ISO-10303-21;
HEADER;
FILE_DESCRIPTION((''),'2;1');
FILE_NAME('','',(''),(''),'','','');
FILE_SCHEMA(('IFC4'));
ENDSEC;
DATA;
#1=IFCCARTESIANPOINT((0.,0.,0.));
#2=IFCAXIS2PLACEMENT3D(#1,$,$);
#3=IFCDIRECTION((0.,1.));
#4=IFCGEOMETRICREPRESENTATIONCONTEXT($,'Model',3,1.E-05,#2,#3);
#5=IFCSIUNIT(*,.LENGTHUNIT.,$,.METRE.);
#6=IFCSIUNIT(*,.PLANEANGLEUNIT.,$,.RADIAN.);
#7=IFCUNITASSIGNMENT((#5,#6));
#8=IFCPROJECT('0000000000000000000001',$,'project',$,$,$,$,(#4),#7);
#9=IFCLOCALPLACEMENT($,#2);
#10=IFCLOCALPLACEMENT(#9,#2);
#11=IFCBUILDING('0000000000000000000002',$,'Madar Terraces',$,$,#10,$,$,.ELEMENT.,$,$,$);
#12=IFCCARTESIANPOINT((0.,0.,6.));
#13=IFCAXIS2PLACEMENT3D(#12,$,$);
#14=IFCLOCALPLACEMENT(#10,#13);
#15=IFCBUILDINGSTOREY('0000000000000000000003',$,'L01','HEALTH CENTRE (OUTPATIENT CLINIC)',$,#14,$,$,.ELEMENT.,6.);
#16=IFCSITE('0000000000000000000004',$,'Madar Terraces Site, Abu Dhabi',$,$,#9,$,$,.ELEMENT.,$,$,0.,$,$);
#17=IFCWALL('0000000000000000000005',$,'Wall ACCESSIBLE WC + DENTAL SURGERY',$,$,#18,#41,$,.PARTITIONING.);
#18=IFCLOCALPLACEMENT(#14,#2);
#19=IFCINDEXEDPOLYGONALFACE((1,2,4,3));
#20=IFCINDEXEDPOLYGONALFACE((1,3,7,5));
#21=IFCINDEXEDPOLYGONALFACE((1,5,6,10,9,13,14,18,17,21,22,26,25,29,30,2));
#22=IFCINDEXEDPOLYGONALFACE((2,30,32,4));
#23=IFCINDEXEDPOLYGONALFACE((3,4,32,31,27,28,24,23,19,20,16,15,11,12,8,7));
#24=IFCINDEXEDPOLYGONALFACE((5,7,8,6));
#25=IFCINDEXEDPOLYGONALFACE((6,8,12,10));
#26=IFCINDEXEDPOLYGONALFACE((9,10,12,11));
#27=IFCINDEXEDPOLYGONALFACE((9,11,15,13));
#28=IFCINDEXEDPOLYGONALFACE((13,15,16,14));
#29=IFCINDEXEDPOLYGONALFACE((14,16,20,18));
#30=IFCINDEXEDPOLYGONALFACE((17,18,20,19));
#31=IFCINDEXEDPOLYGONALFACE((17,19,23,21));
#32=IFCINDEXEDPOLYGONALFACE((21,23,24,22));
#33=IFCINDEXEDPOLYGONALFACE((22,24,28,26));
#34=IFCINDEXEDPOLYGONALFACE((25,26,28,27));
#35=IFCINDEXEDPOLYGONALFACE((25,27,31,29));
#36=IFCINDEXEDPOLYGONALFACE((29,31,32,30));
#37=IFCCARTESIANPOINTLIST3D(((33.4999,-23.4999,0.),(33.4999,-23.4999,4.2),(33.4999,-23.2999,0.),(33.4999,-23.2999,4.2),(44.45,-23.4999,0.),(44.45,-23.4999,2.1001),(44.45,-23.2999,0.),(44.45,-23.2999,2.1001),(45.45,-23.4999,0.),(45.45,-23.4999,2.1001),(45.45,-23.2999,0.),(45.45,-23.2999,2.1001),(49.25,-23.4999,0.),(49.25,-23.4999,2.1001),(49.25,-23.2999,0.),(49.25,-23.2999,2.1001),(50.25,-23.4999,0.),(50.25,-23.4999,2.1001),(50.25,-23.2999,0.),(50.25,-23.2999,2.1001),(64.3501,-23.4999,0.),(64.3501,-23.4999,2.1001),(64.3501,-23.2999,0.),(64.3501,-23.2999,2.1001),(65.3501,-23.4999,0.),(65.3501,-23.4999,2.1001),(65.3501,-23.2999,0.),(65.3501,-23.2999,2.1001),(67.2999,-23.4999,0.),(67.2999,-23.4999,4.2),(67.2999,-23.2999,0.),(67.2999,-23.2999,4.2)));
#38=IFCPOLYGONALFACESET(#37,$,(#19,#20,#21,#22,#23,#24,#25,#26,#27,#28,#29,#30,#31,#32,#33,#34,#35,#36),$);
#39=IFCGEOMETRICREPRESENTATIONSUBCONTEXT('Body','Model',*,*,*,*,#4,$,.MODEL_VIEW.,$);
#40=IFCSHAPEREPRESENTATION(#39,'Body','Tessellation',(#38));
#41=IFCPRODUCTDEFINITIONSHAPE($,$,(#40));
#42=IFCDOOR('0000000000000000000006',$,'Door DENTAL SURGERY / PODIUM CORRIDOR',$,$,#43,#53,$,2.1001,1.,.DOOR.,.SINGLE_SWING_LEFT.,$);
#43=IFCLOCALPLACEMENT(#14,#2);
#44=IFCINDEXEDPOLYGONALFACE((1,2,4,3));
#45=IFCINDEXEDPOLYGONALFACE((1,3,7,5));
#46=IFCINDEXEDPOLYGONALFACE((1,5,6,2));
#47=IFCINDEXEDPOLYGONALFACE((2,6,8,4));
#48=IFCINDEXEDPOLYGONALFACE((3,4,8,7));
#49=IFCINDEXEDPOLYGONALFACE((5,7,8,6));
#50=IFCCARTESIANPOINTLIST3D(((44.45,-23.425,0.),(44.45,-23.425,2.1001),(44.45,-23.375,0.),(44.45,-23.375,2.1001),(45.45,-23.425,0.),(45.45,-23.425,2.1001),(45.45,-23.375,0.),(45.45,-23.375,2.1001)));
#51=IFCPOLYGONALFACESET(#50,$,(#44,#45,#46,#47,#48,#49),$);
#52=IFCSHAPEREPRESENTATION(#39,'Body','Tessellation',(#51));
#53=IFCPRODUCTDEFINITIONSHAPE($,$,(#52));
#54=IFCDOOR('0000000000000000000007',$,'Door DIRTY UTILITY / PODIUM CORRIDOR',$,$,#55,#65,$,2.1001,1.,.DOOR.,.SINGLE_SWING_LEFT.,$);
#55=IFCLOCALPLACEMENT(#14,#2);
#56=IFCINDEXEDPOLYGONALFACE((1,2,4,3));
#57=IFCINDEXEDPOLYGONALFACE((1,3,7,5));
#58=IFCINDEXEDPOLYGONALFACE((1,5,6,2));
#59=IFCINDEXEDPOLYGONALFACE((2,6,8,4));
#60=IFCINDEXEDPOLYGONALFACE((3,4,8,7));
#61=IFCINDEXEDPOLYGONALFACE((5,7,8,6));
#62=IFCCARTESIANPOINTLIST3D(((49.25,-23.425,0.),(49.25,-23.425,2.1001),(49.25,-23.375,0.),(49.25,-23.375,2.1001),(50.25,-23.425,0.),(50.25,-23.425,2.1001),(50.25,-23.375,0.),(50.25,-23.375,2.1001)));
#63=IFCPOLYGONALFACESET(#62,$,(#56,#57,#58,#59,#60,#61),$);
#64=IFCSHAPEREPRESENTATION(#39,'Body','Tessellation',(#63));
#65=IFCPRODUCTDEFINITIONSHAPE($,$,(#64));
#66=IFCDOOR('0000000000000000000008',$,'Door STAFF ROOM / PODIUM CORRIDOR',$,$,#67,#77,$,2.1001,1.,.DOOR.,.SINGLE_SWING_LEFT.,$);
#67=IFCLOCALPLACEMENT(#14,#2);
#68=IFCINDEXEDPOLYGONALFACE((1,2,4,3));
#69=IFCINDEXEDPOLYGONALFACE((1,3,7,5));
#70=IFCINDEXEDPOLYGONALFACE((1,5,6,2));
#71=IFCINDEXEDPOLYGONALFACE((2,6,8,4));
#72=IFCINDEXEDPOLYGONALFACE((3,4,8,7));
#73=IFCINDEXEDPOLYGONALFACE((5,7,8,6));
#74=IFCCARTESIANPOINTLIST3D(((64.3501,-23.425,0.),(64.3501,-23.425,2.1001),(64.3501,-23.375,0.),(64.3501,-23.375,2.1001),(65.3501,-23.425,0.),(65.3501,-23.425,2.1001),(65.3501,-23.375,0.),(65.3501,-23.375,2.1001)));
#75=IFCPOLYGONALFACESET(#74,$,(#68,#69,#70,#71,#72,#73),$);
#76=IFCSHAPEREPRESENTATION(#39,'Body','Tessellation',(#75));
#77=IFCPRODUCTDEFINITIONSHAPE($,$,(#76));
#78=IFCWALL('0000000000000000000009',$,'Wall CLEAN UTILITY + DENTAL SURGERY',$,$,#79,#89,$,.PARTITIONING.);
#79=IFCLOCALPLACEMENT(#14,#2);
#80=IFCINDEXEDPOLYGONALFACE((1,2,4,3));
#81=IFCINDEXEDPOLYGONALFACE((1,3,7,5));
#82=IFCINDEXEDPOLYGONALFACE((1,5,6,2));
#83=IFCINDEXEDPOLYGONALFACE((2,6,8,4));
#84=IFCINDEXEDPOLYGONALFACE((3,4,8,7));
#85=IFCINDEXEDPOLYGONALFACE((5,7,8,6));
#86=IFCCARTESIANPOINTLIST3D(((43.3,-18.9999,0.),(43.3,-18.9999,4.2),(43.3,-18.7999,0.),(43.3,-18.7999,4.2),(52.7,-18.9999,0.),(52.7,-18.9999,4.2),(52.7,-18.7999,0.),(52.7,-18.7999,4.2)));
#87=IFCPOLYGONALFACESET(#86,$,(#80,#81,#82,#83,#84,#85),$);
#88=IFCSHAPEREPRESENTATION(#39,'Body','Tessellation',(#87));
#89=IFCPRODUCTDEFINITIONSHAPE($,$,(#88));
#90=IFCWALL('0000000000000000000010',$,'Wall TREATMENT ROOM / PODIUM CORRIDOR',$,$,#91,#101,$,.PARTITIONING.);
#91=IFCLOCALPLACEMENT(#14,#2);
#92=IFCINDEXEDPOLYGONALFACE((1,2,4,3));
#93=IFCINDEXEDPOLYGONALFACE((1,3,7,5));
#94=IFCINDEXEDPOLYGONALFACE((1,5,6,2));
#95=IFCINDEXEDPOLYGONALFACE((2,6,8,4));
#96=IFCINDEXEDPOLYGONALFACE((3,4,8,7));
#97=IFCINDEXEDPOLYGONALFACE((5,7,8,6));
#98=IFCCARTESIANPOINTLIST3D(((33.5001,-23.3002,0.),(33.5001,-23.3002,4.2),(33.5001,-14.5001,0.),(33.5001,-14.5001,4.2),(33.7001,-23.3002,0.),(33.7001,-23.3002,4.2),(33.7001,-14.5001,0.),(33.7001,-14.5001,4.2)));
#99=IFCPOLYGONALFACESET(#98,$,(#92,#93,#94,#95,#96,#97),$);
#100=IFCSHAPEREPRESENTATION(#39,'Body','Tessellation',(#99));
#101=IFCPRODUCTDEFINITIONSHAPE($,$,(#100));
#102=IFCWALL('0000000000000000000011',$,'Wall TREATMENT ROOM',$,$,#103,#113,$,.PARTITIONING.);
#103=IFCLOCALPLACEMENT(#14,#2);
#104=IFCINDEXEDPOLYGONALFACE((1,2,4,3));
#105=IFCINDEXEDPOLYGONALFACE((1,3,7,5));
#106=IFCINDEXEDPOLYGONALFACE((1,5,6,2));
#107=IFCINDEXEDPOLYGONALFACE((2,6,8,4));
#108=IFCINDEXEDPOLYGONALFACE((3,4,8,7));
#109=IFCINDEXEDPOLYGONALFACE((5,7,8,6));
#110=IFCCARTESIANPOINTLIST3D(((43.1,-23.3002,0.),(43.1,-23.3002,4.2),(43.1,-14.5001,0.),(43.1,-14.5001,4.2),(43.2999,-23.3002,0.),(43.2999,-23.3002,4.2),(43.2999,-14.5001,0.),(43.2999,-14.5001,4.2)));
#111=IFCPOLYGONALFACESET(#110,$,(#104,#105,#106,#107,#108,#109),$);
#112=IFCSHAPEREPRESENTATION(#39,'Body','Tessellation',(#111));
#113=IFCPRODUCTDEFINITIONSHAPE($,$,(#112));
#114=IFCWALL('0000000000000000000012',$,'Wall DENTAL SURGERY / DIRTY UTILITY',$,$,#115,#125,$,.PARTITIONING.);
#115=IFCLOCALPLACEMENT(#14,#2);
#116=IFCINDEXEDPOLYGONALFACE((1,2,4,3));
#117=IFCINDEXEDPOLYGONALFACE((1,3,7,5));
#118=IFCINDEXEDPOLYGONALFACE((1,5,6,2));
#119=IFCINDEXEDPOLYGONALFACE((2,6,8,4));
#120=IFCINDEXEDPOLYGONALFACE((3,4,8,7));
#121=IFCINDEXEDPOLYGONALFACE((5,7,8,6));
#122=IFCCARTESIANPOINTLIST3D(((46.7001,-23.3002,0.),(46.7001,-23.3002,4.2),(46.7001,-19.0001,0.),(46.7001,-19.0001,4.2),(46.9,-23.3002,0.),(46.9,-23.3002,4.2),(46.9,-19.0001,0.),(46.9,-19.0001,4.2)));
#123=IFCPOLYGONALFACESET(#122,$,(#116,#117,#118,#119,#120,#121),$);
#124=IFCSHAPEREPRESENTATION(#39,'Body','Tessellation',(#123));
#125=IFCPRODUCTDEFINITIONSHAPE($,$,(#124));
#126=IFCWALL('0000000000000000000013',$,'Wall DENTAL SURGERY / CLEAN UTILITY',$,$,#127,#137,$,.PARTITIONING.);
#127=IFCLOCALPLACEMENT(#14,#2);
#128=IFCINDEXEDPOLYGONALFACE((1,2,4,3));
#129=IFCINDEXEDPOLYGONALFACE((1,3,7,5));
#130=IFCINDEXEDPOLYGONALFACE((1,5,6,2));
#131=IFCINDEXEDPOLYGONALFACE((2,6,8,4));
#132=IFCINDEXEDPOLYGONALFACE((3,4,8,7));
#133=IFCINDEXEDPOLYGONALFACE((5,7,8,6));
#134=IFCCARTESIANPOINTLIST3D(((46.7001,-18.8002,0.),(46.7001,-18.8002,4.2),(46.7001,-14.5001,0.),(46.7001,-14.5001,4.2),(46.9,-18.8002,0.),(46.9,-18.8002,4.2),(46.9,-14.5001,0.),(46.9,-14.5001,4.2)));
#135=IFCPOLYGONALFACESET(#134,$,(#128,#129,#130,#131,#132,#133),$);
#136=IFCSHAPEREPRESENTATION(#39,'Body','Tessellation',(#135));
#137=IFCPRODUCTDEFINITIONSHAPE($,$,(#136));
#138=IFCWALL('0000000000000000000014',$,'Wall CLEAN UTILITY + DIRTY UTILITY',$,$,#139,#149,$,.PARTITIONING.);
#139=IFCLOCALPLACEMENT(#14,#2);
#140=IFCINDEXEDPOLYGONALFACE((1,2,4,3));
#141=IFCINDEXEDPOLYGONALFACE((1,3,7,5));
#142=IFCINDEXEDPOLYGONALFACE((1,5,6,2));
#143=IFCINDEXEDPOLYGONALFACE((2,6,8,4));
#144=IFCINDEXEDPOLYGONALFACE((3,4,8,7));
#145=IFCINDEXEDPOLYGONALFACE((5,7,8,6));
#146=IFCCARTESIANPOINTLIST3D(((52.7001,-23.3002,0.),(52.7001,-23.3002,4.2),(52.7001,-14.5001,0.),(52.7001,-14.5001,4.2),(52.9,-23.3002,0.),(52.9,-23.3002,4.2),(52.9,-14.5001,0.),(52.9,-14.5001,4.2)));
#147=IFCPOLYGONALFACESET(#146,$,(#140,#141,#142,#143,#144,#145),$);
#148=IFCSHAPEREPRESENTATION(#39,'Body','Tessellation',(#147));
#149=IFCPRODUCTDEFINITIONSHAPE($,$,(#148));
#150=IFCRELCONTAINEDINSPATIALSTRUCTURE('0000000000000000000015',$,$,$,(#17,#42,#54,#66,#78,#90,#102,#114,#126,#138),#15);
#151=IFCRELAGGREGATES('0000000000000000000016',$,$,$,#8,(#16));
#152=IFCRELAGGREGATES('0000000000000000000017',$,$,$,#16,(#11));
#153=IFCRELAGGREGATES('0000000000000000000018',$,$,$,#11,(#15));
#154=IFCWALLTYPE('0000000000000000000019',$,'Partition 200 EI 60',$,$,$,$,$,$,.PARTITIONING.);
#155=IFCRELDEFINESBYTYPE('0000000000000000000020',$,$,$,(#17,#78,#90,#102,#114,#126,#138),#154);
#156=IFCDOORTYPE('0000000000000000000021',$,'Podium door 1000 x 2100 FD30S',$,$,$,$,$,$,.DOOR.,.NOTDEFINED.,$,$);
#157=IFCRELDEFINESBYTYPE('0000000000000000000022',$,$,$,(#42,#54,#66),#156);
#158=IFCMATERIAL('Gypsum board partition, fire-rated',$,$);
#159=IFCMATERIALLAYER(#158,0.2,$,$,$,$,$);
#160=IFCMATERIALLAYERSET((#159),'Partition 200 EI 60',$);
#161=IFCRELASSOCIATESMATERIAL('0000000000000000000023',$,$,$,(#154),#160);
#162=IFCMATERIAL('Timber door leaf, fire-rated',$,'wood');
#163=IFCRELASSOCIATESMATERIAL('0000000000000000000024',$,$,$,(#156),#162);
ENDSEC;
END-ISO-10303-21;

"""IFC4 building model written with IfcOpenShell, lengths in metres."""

from ifc_helpers import new_model, si_unit, direction, frame, frame_2d, origin, place, context, subcontext, project, spatial, rectangle, extrude, material, layer, layer_set, type_object, element, fill, save


model = new_model("IFC4")

# Units and contexts
model_context = context("Model", 3, precision=1e-05, world=origin(), true_north=direction((0.0, 1.0)))
body_context = subcontext(model_context, "Body", "Model", "MODEL_VIEW")
ifc_project = project(units=[si_unit("LENGTHUNIT", "METRE"), si_unit("PLANEANGLEUNIT", "RADIAN")], contexts=[model_context])

# Site, building, storey
site_placement = place(None, origin())
site = spatial("IfcSite", under=ifc_project, at=site_placement, Name="Madar Terraces Site, Abu Dhabi", CompositionType="ELEMENT", RefElevation=0.0)
building_placement = place(site_placement, origin())
building = spatial("IfcBuilding", under=site, at=building_placement, Name="Madar Terraces", CompositionType="ELEMENT")
storey_placement = place(building_placement, frame((0.0, 0.0, 6.0)))
storey = spatial("IfcBuildingStorey", under=building, at=storey_placement, Name="L01", Description="HEALTH CENTRE (OUTPATIENT CLINIC)", CompositionType="ELEMENT", Elevation=6.0)

# Wall, openings, doors
ifc_material_1 = material(Name="Gypsum board partition, fire-rated")
ifc_layer = layer(ifc_material_1, 0.2)
ifc_layer_set = layer_set([ifc_layer], Name="Partition 200 EI 60")
wall_type = type_object("IfcWallType", Name="Partition 200 EI 60", PredefinedType="PARTITIONING", material=ifc_layer_set)
wall_1_placement = place(storey_placement, frame((33.5, -23.3999, 0.0), z_axis=(0.0, 0.0, 1.0), x_axis=(1.0, 0.0, 0.0)))
wall_1 = element("IfcWall", 1, at=wall_1_placement, inside=storey, type_object=wall_type, Name="Wall ACCESSIBLE WC + DENTAL SURGERY", PredefinedType="PARTITIONING", context=body_context, shape_type="SweptSolid", body=[
    extrude(rectangle(XDim=33.8, YDim=0.2, at=frame_2d((16.8999, 0.0))), origin(), (0.0, 0.0, 1.0), 4.2),
])
opening_1_placement = place(wall_1_placement, frame((10.95, 0.0, 0.0)))
opening_1 = element("IfcOpeningElement", 2, at=opening_1_placement, cuts=wall_1, PredefinedType="OPENING", context=body_context, shape_type="SweptSolid", body=[
    extrude(rectangle(XDim=1.0, YDim=2.1001, at=frame_2d((0.5, 1.05))), frame((0.0, 0.1099, 0.0), z_axis=(0.0, -1.0, 0.0), x_axis=(1.0, 0.0, 0.0)), (0.0, 0.0, 1.0), 0.22),
])
opening_2_placement = place(wall_1_placement, frame((15.75, 0.0, 0.0)))
opening_2 = element("IfcOpeningElement", 3, at=opening_2_placement, cuts=wall_1, PredefinedType="OPENING", context=body_context, shape_type="SweptSolid", body=[
    extrude(rectangle(XDim=1.0, YDim=2.1001, at=frame_2d((0.5, 1.05))), frame((0.0, 0.1099, 0.0), z_axis=(0.0, -1.0, 0.0), x_axis=(1.0, 0.0, 0.0)), (0.0, 0.0, 1.0), 0.22),
])
opening_3_placement = place(wall_1_placement, frame((30.8501, 0.0, 0.0)))
opening_3 = element("IfcOpeningElement", 4, at=opening_3_placement, cuts=wall_1, PredefinedType="OPENING", context=body_context, shape_type="SweptSolid", body=[
    extrude(rectangle(XDim=1.0, YDim=2.1001, at=frame_2d((0.5, 1.05))), frame((0.0, 0.1099, 0.0), z_axis=(0.0, -1.0, 0.0), x_axis=(1.0, 0.0, 0.0)), (0.0, 0.0, 1.0), 0.22),
])
ifc_material_2 = material(Name="Timber door leaf, fire-rated", Category="wood")
door_type = type_object("IfcDoorType", Name="Podium door 1000 x 2100 FD30S", OperationType="NOTDEFINED", PredefinedType="DOOR", material=ifc_material_2)
door_1_placement = place(opening_1_placement, origin())
door_1 = element("IfcDoor", 5, at=door_1_placement, inside=storey, type_object=door_type, Name="Door DENTAL SURGERY / PODIUM CORRIDOR", OperationType="SINGLE_SWING_LEFT", OverallHeight=2.1001, OverallWidth=1.0, PredefinedType="DOOR", context=body_context, shape_type="SweptSolid", body=[
    extrude(rectangle(XDim=1.0, YDim=2.1001, at=frame_2d((0.5, 1.05))), frame((0.0, 0.0249, 0.0), z_axis=(0.0, -1.0, 0.0), x_axis=(1.0, 0.0, 0.0)), (0.0, 0.0, 1.0), 0.05),
])
fill(opening_1, door_1)
door_2_placement = place(opening_2_placement, origin())
door_2 = element("IfcDoor", 6, at=door_2_placement, inside=storey, type_object=door_type, Name="Door DIRTY UTILITY / PODIUM CORRIDOR", OperationType="SINGLE_SWING_LEFT", OverallHeight=2.1001, OverallWidth=1.0, PredefinedType="DOOR", context=body_context, shape_type="SweptSolid", body=[
    extrude(rectangle(XDim=1.0, YDim=2.1001, at=frame_2d((0.5, 1.05))), frame((0.0, 0.0249, 0.0), z_axis=(0.0, -1.0, 0.0), x_axis=(1.0, 0.0, 0.0)), (0.0, 0.0, 1.0), 0.05),
])
fill(opening_2, door_2)
door_3_placement = place(opening_3_placement, origin())
door_3 = element("IfcDoor", 7, at=door_3_placement, inside=storey, type_object=door_type, Name="Door STAFF ROOM / PODIUM CORRIDOR", OperationType="SINGLE_SWING_LEFT", OverallHeight=2.1001, OverallWidth=1.0, PredefinedType="DOOR", context=body_context, shape_type="SweptSolid", body=[
    extrude(rectangle(XDim=1.0, YDim=2.1001, at=frame_2d((0.5, 1.05))), frame((0.0, 0.0249, 0.0), z_axis=(0.0, -1.0, 0.0), x_axis=(1.0, 0.0, 0.0)), (0.0, 0.0, 1.0), 0.05),
])
fill(opening_3, door_3)

# Walls
wall_2_placement = place(storey_placement, frame((43.3, -18.8999, 0.0), z_axis=(0.0, 0.0, 1.0), x_axis=(1.0, 0.0, 0.0)))
element("IfcWall", 8, at=wall_2_placement, inside=storey, type_object=wall_type, Name="Wall CLEAN UTILITY + DENTAL SURGERY", PredefinedType="PARTITIONING", context=body_context, shape_type="SweptSolid", body=[
    extrude(rectangle(XDim=9.3999, YDim=0.2, at=frame_2d((4.7, 0.0))), origin(), (0.0, 0.0, 1.0), 4.2),
])
for number, where, z_axis, x_axis, name in (
    (9, (33.6001, -23.3, 0.0), (0.0, 0.0, 1.0), (0.0, 1.0, 0.0), "Wall TREATMENT ROOM / PODIUM CORRIDOR"),
    (10, (43.2, -23.3, 0.0), (0.0, 0.0, 1.0), (0.0, 1.0, 0.0), "Wall TREATMENT ROOM"),
):
    element("IfcWall", number, at=place(storey_placement, frame(where, z_axis=z_axis, x_axis=x_axis)), inside=storey, type_object=wall_type, Name=name, PredefinedType="PARTITIONING", context=body_context, shape_type="SweptSolid", body=[
        extrude(rectangle(XDim=8.8, YDim=0.2, at=frame_2d((4.3999, 0.0))), origin(), (0.0, 0.0, 1.0), 4.2),
    ])
for number, where, z_axis, x_axis, name in (
    (11, (46.8, -23.3, 0.0), (0.0, 0.0, 1.0), (0.0, 1.0, 0.0), "Wall DENTAL SURGERY / DIRTY UTILITY"),
    (12, (46.8, -18.8, 0.0), (0.0, 0.0, 1.0), (0.0, 1.0, 0.0), "Wall DENTAL SURGERY / CLEAN UTILITY"),
):
    element("IfcWall", number, at=place(storey_placement, frame(where, z_axis=z_axis, x_axis=x_axis)), inside=storey, type_object=wall_type, Name=name, PredefinedType="PARTITIONING", context=body_context, shape_type="SweptSolid", body=[
        extrude(rectangle(XDim=4.3, YDim=0.2, at=frame_2d((2.1499, 0.0))), origin(), (0.0, 0.0, 1.0), 4.2),
    ])
wall_3_placement = place(storey_placement, frame((52.8, -23.3, 0.0), z_axis=(0.0, 0.0, 1.0), x_axis=(0.0, 1.0, 0.0)))
element("IfcWall", 13, at=wall_3_placement, inside=storey, type_object=wall_type, Name="Wall CLEAN UTILITY + DIRTY UTILITY", PredefinedType="PARTITIONING", context=body_context, shape_type="SweptSolid", body=[
    extrude(rectangle(XDim=8.8, YDim=0.2, at=frame_2d((4.3999, 0.0))), origin(), (0.0, 0.0, 1.0), 4.2),
])

save(model, "model.ifc")
